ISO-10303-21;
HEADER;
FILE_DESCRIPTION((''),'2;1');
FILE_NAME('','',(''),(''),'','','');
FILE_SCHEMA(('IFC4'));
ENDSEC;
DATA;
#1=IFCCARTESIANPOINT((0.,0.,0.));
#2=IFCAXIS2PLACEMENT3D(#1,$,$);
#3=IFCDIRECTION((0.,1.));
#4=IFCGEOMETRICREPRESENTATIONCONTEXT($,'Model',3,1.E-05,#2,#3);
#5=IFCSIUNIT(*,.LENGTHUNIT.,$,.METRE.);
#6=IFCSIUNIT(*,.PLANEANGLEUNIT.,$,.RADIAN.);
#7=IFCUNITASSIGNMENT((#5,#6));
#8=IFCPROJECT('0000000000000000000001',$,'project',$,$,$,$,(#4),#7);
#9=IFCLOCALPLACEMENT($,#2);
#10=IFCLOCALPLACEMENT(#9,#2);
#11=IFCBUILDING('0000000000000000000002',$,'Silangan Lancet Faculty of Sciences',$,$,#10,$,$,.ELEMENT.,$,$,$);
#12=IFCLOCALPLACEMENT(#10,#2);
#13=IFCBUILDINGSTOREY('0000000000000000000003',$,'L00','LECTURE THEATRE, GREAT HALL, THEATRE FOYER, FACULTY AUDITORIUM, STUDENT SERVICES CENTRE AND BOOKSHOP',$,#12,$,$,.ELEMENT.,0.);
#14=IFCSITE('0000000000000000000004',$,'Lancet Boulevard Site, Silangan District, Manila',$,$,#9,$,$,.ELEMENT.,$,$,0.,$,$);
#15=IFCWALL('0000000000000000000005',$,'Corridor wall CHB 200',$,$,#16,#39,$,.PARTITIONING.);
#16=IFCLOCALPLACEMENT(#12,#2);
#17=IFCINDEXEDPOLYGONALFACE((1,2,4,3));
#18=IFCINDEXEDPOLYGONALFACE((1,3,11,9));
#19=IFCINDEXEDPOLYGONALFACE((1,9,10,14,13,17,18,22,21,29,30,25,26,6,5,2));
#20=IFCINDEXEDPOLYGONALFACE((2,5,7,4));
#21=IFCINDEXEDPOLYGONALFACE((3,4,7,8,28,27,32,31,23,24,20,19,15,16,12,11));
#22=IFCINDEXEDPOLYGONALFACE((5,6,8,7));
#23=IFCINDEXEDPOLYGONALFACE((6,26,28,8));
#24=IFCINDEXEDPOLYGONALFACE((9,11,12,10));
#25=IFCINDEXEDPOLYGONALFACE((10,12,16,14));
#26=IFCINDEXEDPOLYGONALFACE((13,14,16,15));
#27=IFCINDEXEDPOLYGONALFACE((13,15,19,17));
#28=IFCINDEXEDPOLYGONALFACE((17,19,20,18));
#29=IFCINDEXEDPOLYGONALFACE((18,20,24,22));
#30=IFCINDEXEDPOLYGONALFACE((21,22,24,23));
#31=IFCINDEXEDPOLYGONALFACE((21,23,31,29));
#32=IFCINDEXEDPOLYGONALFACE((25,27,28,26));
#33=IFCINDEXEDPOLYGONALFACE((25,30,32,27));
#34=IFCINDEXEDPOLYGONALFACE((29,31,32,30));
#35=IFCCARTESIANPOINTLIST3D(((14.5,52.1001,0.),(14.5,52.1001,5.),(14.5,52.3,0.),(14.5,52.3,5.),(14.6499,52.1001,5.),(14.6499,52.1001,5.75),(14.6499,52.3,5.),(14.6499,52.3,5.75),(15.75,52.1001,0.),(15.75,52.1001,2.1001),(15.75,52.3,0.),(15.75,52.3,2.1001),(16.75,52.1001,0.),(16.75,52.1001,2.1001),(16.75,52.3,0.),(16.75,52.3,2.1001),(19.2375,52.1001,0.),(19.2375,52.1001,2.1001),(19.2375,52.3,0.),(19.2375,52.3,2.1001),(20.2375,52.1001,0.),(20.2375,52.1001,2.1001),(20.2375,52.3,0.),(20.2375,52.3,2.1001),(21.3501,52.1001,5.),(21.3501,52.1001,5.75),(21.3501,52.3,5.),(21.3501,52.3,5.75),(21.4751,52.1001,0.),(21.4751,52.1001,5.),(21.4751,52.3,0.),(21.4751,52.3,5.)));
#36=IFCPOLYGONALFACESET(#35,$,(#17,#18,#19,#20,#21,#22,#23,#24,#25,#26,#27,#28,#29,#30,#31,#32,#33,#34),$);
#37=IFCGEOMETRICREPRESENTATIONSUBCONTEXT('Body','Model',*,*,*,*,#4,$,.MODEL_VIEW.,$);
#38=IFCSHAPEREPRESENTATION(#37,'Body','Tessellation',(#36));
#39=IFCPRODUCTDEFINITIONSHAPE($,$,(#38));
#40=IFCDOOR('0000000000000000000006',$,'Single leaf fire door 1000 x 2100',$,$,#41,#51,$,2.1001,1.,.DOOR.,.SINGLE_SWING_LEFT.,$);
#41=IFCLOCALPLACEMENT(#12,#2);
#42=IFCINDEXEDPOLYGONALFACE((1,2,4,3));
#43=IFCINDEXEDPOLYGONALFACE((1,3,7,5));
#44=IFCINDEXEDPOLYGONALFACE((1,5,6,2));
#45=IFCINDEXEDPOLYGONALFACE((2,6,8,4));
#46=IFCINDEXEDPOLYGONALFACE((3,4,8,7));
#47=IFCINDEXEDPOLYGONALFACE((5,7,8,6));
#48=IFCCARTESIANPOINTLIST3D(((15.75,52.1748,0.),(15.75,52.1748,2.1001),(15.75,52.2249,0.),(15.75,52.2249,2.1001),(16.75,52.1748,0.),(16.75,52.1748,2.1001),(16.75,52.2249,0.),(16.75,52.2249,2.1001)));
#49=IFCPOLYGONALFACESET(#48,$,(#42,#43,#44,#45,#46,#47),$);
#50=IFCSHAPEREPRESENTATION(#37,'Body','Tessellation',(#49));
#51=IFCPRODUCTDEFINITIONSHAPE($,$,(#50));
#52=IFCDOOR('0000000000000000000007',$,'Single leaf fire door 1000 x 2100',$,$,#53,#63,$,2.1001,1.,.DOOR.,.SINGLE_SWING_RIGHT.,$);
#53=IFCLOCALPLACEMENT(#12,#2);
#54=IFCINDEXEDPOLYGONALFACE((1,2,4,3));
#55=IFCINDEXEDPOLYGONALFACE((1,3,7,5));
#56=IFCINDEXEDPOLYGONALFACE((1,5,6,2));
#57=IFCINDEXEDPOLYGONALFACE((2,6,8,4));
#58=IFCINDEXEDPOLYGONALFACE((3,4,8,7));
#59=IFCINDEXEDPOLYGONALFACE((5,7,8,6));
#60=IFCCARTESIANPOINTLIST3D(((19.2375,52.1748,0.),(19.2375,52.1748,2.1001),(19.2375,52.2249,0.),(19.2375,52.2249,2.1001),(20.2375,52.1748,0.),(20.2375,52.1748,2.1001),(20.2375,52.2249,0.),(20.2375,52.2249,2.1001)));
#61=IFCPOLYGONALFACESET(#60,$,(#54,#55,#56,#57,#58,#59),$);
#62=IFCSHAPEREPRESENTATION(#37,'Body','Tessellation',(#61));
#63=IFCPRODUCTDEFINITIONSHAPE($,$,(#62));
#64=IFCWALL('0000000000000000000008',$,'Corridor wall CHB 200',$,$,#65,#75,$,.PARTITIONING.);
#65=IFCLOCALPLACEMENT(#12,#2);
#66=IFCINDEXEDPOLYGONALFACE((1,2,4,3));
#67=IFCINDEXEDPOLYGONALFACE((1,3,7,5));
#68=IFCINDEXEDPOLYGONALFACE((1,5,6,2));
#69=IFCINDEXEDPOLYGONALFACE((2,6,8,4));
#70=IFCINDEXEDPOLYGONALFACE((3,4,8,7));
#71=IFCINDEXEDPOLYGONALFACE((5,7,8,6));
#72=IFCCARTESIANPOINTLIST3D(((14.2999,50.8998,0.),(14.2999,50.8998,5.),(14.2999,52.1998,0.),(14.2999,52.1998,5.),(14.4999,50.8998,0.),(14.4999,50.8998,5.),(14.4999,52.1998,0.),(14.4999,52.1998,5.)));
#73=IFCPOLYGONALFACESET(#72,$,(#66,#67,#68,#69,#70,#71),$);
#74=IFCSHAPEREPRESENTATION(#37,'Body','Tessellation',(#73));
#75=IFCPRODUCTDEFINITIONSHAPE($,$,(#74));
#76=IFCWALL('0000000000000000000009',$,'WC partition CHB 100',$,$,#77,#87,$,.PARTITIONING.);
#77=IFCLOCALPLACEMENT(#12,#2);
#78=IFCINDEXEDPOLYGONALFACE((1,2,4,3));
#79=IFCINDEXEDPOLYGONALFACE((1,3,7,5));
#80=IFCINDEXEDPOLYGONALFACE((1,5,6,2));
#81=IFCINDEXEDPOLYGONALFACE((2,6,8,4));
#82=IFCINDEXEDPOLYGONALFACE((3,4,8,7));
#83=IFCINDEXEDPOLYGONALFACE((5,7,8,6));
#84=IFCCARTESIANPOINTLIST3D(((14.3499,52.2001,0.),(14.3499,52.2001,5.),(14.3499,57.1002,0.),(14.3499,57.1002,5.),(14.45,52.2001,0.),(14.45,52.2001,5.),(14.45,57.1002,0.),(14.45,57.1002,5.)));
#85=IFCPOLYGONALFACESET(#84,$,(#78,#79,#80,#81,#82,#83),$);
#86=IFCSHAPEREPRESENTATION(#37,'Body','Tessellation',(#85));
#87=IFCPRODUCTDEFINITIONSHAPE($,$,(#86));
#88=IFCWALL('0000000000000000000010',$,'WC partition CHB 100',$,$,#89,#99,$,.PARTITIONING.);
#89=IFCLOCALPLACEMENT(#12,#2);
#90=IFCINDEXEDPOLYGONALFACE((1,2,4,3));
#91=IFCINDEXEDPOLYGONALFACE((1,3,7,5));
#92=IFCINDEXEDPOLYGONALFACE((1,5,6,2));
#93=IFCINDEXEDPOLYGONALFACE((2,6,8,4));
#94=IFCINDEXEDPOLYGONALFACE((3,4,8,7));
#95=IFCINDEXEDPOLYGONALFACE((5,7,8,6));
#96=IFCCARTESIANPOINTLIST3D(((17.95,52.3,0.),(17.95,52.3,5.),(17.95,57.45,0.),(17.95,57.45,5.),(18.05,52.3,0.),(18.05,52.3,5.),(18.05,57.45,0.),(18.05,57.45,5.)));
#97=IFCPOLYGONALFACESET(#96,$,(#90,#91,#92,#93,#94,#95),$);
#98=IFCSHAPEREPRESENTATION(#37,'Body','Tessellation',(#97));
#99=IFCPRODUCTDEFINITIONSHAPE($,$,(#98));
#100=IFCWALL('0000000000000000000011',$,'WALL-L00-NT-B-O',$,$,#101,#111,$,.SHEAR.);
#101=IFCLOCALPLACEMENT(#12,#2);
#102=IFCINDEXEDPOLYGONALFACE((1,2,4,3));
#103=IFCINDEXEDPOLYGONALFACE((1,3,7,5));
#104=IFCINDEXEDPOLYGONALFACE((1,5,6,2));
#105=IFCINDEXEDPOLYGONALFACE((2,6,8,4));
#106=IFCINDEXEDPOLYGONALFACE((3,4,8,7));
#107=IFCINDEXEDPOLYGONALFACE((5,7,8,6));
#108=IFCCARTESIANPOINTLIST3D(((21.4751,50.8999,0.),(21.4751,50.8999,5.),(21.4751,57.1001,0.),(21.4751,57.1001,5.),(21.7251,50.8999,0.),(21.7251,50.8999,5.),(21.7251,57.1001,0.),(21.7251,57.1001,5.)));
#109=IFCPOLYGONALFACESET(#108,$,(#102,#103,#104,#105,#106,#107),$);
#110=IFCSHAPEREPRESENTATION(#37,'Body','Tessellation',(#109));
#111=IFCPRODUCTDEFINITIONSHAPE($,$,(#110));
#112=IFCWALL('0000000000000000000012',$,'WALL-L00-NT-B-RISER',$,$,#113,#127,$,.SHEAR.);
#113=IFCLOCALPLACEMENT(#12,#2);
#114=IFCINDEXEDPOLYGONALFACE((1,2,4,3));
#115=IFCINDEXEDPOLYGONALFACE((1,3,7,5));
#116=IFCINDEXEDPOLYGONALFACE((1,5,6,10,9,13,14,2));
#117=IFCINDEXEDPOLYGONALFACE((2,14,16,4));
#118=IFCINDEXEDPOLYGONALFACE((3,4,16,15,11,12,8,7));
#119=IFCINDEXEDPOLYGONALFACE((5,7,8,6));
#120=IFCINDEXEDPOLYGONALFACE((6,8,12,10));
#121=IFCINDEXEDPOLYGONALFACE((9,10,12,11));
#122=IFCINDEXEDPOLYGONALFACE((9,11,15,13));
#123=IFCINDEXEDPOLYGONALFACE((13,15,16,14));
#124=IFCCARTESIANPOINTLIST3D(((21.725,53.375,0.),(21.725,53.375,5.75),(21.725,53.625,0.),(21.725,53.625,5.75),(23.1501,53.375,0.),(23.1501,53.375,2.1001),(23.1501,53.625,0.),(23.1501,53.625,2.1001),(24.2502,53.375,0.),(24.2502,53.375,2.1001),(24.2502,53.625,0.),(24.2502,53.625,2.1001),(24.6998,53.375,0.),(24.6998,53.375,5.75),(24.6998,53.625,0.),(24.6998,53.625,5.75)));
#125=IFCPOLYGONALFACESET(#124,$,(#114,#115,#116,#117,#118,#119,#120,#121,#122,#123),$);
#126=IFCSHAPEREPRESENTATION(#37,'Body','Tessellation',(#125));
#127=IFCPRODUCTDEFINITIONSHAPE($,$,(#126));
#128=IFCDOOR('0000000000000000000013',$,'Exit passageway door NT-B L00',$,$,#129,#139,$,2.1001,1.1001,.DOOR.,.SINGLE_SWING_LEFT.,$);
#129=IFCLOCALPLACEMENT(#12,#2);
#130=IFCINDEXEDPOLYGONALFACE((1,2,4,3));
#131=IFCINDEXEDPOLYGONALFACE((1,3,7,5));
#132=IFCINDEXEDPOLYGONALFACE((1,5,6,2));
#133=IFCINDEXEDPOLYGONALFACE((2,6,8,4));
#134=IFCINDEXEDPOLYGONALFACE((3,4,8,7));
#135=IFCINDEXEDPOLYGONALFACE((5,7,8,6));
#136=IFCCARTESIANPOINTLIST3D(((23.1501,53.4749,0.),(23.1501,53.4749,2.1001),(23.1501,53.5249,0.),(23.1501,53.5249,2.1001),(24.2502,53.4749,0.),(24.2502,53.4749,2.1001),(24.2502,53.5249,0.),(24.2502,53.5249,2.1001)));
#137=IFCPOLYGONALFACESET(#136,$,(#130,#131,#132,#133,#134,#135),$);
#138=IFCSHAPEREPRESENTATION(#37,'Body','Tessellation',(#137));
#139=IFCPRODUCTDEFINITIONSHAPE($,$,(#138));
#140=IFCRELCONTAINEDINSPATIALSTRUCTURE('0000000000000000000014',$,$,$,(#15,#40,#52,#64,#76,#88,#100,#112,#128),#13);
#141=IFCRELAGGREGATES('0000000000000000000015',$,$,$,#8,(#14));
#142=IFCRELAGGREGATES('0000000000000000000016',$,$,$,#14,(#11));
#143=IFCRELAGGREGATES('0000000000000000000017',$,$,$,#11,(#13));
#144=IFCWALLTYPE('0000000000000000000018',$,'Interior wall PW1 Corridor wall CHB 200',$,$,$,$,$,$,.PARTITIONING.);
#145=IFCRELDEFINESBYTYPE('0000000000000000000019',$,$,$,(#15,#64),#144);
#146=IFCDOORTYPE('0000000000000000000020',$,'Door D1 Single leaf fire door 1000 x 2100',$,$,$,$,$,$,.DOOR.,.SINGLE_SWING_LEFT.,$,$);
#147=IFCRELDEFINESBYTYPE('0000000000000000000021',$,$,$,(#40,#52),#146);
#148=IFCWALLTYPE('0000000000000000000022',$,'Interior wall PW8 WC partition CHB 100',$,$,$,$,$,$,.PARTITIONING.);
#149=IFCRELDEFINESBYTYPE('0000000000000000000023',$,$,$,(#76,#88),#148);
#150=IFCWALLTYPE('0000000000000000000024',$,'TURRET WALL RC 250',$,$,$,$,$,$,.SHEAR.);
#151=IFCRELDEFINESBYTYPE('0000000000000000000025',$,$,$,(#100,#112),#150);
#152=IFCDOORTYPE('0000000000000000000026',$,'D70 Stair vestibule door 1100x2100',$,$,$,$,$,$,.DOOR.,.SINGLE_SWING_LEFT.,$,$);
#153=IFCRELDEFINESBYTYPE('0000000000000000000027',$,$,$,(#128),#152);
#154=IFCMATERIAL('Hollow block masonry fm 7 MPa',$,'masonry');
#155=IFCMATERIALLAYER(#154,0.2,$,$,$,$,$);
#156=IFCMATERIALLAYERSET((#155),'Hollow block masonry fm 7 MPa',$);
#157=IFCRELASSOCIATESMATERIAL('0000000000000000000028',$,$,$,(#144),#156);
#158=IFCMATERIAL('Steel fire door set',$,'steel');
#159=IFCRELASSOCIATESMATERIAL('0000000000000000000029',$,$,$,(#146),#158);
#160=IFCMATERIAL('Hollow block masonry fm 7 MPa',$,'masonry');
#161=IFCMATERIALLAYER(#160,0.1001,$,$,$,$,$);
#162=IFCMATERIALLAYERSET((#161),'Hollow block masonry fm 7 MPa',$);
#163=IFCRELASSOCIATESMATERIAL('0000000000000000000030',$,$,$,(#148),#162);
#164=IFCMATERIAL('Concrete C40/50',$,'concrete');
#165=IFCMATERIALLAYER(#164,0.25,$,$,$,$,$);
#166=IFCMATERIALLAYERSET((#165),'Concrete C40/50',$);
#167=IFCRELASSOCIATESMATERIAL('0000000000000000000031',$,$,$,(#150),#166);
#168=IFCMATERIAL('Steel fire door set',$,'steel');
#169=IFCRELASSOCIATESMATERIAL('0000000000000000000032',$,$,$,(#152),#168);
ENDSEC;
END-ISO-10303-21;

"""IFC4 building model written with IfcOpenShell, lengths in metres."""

from ifc_helpers import new_model, si_unit, direction, frame, frame_2d, origin, place, context, subcontext, project, spatial, polyline, rectangle, outline, extrude, material, layer, layer_set, type_object, element, fill, save


model = new_model("IFC4")

# Units and contexts
model_context = context("Model", 3, precision=1e-05, world=origin(), true_north=direction((0.0, 1.0)))
body_context = subcontext(model_context, "Body", "Model", "MODEL_VIEW")
ifc_project = project(units=[si_unit("LENGTHUNIT", "METRE"), si_unit("PLANEANGLEUNIT", "RADIAN")], contexts=[model_context])

# Site, building, storey
site_placement = place(None, origin())
site = spatial("IfcSite", under=ifc_project, at=site_placement, Name="Lancet Boulevard Site, Silangan District, Manila", CompositionType="ELEMENT", RefElevation=0.0)
building_placement = place(site_placement, origin())
building = spatial("IfcBuilding", under=site, at=building_placement, Name="Silangan Lancet Faculty of Sciences", CompositionType="ELEMENT")
storey_placement = place(building_placement, origin())
storey = spatial("IfcBuildingStorey", under=building, at=storey_placement, Name="L00", Description="LECTURE THEATRE, GREAT HALL, THEATRE FOYER, FACULTY AUDITORIUM, STUDENT SERVICES CENTRE AND BOOKSHOP", CompositionType="ELEMENT", Elevation=0.0)

# Wall, openings, doors
ifc_material_1 = material(Name="Hollow block masonry fm 7 MPa", Category="masonry")
ifc_layer_1 = layer(ifc_material_1, 0.2)
ifc_layer_set_1 = layer_set([ifc_layer_1], Name="Hollow block masonry fm 7 MPa")
wall_type_1 = type_object("IfcWallType", Name="Interior wall PW1 Corridor wall CHB 200", PredefinedType="PARTITIONING", material=ifc_layer_set_1)
wall_1_placement = place(storey_placement, frame((14.5, 52.2, 0.0), z_axis=(0.0, 0.0, 1.0), x_axis=(1.0, 0.0, 0.0)))
wall_1 = element("IfcWall", 1, at=wall_1_placement, inside=storey, type_object=wall_type_1, Name="Corridor wall CHB 200", PredefinedType="PARTITIONING", context=body_context, shape_type="SweptSolid", body=[
    extrude(outline(polyline([(0.0, 0.0), (6.9751, 0.0), (6.9751, 5.0), (6.8501, 5.0), (6.8501, 5.75), (0.1499, 5.75), (0.1499, 5.0), (0.0, 5.0), (0.0, 0.0)])), frame((0.0, 0.1001, 0.0), z_axis=(0.0, -1.0, 0.0), x_axis=(1.0, 0.0, 0.0)), (0.0, 0.0, 1.0), 0.2),
])
opening_1_placement = place(wall_1_placement, frame((1.25, 0.0, 0.0)))
opening_1 = element("IfcOpeningElement", 2, at=opening_1_placement, cuts=wall_1, PredefinedType="OPENING", context=body_context, shape_type="SweptSolid", body=[
    extrude(rectangle(XDim=1.0, YDim=2.1001, at=frame_2d((0.5, 1.05))), frame((0.0, 0.1099, 0.0), z_axis=(0.0, -1.0, 0.0), x_axis=(1.0, 0.0, 0.0)), (0.0, 0.0, 1.0), 0.22),
])
opening_2_placement = place(wall_1_placement, frame((4.7375, 0.0, 0.0)))
opening_2 = element("IfcOpeningElement", 3, at=opening_2_placement, cuts=wall_1, PredefinedType="OPENING", context=body_context, shape_type="SweptSolid", body=[
    extrude(rectangle(XDim=1.0, YDim=2.1001, at=frame_2d((0.5, 1.05))), frame((0.0, 0.1099, 0.0), z_axis=(0.0, -1.0, 0.0), x_axis=(1.0, 0.0, 0.0)), (0.0, 0.0, 1.0), 0.22),
])
ifc_material_2 = material(Name="Steel fire door set", Category="steel")
door_type_1 = type_object("IfcDoorType", Name="Door D1 Single leaf fire door 1000 x 2100", OperationType="SINGLE_SWING_LEFT", PredefinedType="DOOR", material=ifc_material_2)
door_1_placement = place(opening_1_placement, origin())
door_1 = element("IfcDoor", 4, at=door_1_placement, inside=storey, type_object=door_type_1, Name="Single leaf fire door 1000 x 2100", OperationType="SINGLE_SWING_LEFT", OverallHeight=2.1001, OverallWidth=1.0, PredefinedType="DOOR", context=body_context, shape_type="SweptSolid", body=[
    extrude(rectangle(XDim=1.0, YDim=2.1001, at=frame_2d((0.5, 1.05))), frame((0.0, 0.0249, 0.0), z_axis=(0.0, -1.0, 0.0), x_axis=(1.0, 0.0, 0.0)), (0.0, 0.0, 1.0), 0.05),
])
fill(opening_1, door_1)
door_2_placement = place(opening_2_placement, origin())
door_2 = element("IfcDoor", 5, at=door_2_placement, inside=storey, type_object=door_type_1, Name="Single leaf fire door 1000 x 2100", OperationType="SINGLE_SWING_RIGHT", OverallHeight=2.1001, OverallWidth=1.0, PredefinedType="DOOR", context=body_context, shape_type="SweptSolid", body=[
    extrude(rectangle(XDim=1.0, YDim=2.1001, at=frame_2d((0.5, 1.05))), frame((0.0, 0.0249, 0.0), z_axis=(0.0, -1.0, 0.0), x_axis=(1.0, 0.0, 0.0)), (0.0, 0.0, 1.0), 0.05),
])
fill(opening_2, door_2)

# Walls
wall_2_placement = place(storey_placement, frame((14.3999, 50.8999, 0.0), z_axis=(0.0, 0.0, 1.0), x_axis=(0.0, 1.0, 0.0)))
element("IfcWall", 6, at=wall_2_placement, inside=storey, type_object=wall_type_1, Name="Corridor wall CHB 200", PredefinedType="PARTITIONING", context=body_context, shape_type="SweptSolid", body=[
    extrude(rectangle(XDim=1.3, YDim=0.2, at=frame_2d((0.6499, 0.0))), origin(), (0.0, 0.0, 1.0), 5.0),
])
ifc_material_3 = material(Name="Hollow block masonry fm 7 MPa", Category="masonry")
ifc_layer_2 = layer(ifc_material_3, 0.1001)
ifc_layer_set_2 = layer_set([ifc_layer_2], Name="Hollow block masonry fm 7 MPa")
wall_type_2 = type_object("IfcWallType", Name="Interior wall PW8 WC partition CHB 100", PredefinedType="PARTITIONING", material=ifc_layer_set_2)
wall_3_placement = place(storey_placement, frame((14.3999, 52.2, 0.0), z_axis=(0.0, 0.0, 1.0), x_axis=(0.0, 1.0, 0.0)))
element("IfcWall", 7, at=wall_3_placement, inside=storey, type_object=wall_type_2, Name="WC partition CHB 100", PredefinedType="PARTITIONING", context=body_context, shape_type="SweptSolid", body=[
    extrude(rectangle(XDim=4.9001, YDim=0.1001, at=frame_2d((2.4502, 0.0))), origin(), (0.0, 0.0, 1.0), 5.0),
])
wall_4_placement = place(storey_placement, frame((18.0, 52.3, 0.0), z_axis=(0.0, 0.0, 1.0), x_axis=(0.0, 1.0, 0.0)))
element("IfcWall", 8, at=wall_4_placement, inside=storey, type_object=wall_type_2, Name="WC partition CHB 100", PredefinedType="PARTITIONING", context=body_context, shape_type="SweptSolid", body=[
    extrude(rectangle(XDim=5.1499, YDim=0.1001, at=frame_2d((2.575, 0.0))), origin(), (0.0, 0.0, 1.0), 5.0),
])
ifc_material_4 = material(Name="Concrete C40/50", Category="concrete")
ifc_layer_3 = layer(ifc_material_4, 0.25)
ifc_layer_set_3 = layer_set([ifc_layer_3], Name="Concrete C40/50")
wall_type_3 = type_object("IfcWallType", Name="TURRET WALL RC 250", PredefinedType="SHEAR", material=ifc_layer_set_3)
wall_5_placement = place(storey_placement, frame((21.6001, 50.8999, 0.0), z_axis=(0.0, 0.0, 1.0), x_axis=(0.0, 1.0, 0.0)))
element("IfcWall", 9, at=wall_5_placement, inside=storey, type_object=wall_type_3, Name="WALL-L00-NT-B-O", PredefinedType="SHEAR", context=body_context, shape_type="SweptSolid", body=[
    extrude(rectangle(XDim=6.2002, YDim=0.25, at=frame_2d((3.1001, 0.0))), origin(), (0.0, 0.0, 1.0), 5.0),
])

# Wall, opening, door
wall_6_placement = place(storey_placement, frame((21.7251, 53.5, 0.0), z_axis=(0.0, 0.0, 1.0), x_axis=(1.0, 0.0, 0.0)))
wall_6 = element("IfcWall", 10, at=wall_6_placement, inside=storey, type_object=wall_type_3, Name="WALL-L00-NT-B-RISER", PredefinedType="SHEAR", context=body_context, shape_type="SweptSolid", body=[
    extrude(rectangle(XDim=2.9749, YDim=0.25, at=frame_2d((1.4873, 0.0))), origin(), (0.0, 0.0, 1.0), 5.75),
])
opening_3_placement = place(wall_6_placement, frame((1.425, 0.0, 0.0)))
opening_3 = element("IfcOpeningElement", 11, at=opening_3_placement, cuts=wall_6, PredefinedType="OPENING", context=body_context, shape_type="SweptSolid", body=[
    extrude(rectangle(XDim=1.1001, YDim=2.1001, at=frame_2d((0.55, 1.05))), frame((0.0, 0.135, 0.0), z_axis=(0.0, -1.0, 0.0), x_axis=(1.0, 0.0, 0.0)), (0.0, 0.0, 1.0), 0.27),
])
ifc_material_5 = material(Name="Steel fire door set", Category="steel")
door_type_2 = type_object("IfcDoorType", Name="D70 Stair vestibule door 1100x2100", OperationType="SINGLE_SWING_LEFT", PredefinedType="DOOR", material=ifc_material_5)
door_3_placement = place(opening_3_placement, origin())
door_3 = element("IfcDoor", 12, at=door_3_placement, inside=storey, type_object=door_type_2, Name="Exit passageway door NT-B L00", OperationType="SINGLE_SWING_LEFT", OverallHeight=2.1001, OverallWidth=1.1001, PredefinedType="DOOR", context=body_context, shape_type="SweptSolid", body=[
    extrude(rectangle(XDim=1.1001, YDim=2.1001, at=frame_2d((0.55, 1.05))), frame((0.0, 0.0249, 0.0), z_axis=(0.0, -1.0, 0.0), x_axis=(1.0, 0.0, 0.0)), (0.0, 0.0, 1.0), 0.05),
])
fill(opening_3, door_3)

save(model, "model.ifc")
